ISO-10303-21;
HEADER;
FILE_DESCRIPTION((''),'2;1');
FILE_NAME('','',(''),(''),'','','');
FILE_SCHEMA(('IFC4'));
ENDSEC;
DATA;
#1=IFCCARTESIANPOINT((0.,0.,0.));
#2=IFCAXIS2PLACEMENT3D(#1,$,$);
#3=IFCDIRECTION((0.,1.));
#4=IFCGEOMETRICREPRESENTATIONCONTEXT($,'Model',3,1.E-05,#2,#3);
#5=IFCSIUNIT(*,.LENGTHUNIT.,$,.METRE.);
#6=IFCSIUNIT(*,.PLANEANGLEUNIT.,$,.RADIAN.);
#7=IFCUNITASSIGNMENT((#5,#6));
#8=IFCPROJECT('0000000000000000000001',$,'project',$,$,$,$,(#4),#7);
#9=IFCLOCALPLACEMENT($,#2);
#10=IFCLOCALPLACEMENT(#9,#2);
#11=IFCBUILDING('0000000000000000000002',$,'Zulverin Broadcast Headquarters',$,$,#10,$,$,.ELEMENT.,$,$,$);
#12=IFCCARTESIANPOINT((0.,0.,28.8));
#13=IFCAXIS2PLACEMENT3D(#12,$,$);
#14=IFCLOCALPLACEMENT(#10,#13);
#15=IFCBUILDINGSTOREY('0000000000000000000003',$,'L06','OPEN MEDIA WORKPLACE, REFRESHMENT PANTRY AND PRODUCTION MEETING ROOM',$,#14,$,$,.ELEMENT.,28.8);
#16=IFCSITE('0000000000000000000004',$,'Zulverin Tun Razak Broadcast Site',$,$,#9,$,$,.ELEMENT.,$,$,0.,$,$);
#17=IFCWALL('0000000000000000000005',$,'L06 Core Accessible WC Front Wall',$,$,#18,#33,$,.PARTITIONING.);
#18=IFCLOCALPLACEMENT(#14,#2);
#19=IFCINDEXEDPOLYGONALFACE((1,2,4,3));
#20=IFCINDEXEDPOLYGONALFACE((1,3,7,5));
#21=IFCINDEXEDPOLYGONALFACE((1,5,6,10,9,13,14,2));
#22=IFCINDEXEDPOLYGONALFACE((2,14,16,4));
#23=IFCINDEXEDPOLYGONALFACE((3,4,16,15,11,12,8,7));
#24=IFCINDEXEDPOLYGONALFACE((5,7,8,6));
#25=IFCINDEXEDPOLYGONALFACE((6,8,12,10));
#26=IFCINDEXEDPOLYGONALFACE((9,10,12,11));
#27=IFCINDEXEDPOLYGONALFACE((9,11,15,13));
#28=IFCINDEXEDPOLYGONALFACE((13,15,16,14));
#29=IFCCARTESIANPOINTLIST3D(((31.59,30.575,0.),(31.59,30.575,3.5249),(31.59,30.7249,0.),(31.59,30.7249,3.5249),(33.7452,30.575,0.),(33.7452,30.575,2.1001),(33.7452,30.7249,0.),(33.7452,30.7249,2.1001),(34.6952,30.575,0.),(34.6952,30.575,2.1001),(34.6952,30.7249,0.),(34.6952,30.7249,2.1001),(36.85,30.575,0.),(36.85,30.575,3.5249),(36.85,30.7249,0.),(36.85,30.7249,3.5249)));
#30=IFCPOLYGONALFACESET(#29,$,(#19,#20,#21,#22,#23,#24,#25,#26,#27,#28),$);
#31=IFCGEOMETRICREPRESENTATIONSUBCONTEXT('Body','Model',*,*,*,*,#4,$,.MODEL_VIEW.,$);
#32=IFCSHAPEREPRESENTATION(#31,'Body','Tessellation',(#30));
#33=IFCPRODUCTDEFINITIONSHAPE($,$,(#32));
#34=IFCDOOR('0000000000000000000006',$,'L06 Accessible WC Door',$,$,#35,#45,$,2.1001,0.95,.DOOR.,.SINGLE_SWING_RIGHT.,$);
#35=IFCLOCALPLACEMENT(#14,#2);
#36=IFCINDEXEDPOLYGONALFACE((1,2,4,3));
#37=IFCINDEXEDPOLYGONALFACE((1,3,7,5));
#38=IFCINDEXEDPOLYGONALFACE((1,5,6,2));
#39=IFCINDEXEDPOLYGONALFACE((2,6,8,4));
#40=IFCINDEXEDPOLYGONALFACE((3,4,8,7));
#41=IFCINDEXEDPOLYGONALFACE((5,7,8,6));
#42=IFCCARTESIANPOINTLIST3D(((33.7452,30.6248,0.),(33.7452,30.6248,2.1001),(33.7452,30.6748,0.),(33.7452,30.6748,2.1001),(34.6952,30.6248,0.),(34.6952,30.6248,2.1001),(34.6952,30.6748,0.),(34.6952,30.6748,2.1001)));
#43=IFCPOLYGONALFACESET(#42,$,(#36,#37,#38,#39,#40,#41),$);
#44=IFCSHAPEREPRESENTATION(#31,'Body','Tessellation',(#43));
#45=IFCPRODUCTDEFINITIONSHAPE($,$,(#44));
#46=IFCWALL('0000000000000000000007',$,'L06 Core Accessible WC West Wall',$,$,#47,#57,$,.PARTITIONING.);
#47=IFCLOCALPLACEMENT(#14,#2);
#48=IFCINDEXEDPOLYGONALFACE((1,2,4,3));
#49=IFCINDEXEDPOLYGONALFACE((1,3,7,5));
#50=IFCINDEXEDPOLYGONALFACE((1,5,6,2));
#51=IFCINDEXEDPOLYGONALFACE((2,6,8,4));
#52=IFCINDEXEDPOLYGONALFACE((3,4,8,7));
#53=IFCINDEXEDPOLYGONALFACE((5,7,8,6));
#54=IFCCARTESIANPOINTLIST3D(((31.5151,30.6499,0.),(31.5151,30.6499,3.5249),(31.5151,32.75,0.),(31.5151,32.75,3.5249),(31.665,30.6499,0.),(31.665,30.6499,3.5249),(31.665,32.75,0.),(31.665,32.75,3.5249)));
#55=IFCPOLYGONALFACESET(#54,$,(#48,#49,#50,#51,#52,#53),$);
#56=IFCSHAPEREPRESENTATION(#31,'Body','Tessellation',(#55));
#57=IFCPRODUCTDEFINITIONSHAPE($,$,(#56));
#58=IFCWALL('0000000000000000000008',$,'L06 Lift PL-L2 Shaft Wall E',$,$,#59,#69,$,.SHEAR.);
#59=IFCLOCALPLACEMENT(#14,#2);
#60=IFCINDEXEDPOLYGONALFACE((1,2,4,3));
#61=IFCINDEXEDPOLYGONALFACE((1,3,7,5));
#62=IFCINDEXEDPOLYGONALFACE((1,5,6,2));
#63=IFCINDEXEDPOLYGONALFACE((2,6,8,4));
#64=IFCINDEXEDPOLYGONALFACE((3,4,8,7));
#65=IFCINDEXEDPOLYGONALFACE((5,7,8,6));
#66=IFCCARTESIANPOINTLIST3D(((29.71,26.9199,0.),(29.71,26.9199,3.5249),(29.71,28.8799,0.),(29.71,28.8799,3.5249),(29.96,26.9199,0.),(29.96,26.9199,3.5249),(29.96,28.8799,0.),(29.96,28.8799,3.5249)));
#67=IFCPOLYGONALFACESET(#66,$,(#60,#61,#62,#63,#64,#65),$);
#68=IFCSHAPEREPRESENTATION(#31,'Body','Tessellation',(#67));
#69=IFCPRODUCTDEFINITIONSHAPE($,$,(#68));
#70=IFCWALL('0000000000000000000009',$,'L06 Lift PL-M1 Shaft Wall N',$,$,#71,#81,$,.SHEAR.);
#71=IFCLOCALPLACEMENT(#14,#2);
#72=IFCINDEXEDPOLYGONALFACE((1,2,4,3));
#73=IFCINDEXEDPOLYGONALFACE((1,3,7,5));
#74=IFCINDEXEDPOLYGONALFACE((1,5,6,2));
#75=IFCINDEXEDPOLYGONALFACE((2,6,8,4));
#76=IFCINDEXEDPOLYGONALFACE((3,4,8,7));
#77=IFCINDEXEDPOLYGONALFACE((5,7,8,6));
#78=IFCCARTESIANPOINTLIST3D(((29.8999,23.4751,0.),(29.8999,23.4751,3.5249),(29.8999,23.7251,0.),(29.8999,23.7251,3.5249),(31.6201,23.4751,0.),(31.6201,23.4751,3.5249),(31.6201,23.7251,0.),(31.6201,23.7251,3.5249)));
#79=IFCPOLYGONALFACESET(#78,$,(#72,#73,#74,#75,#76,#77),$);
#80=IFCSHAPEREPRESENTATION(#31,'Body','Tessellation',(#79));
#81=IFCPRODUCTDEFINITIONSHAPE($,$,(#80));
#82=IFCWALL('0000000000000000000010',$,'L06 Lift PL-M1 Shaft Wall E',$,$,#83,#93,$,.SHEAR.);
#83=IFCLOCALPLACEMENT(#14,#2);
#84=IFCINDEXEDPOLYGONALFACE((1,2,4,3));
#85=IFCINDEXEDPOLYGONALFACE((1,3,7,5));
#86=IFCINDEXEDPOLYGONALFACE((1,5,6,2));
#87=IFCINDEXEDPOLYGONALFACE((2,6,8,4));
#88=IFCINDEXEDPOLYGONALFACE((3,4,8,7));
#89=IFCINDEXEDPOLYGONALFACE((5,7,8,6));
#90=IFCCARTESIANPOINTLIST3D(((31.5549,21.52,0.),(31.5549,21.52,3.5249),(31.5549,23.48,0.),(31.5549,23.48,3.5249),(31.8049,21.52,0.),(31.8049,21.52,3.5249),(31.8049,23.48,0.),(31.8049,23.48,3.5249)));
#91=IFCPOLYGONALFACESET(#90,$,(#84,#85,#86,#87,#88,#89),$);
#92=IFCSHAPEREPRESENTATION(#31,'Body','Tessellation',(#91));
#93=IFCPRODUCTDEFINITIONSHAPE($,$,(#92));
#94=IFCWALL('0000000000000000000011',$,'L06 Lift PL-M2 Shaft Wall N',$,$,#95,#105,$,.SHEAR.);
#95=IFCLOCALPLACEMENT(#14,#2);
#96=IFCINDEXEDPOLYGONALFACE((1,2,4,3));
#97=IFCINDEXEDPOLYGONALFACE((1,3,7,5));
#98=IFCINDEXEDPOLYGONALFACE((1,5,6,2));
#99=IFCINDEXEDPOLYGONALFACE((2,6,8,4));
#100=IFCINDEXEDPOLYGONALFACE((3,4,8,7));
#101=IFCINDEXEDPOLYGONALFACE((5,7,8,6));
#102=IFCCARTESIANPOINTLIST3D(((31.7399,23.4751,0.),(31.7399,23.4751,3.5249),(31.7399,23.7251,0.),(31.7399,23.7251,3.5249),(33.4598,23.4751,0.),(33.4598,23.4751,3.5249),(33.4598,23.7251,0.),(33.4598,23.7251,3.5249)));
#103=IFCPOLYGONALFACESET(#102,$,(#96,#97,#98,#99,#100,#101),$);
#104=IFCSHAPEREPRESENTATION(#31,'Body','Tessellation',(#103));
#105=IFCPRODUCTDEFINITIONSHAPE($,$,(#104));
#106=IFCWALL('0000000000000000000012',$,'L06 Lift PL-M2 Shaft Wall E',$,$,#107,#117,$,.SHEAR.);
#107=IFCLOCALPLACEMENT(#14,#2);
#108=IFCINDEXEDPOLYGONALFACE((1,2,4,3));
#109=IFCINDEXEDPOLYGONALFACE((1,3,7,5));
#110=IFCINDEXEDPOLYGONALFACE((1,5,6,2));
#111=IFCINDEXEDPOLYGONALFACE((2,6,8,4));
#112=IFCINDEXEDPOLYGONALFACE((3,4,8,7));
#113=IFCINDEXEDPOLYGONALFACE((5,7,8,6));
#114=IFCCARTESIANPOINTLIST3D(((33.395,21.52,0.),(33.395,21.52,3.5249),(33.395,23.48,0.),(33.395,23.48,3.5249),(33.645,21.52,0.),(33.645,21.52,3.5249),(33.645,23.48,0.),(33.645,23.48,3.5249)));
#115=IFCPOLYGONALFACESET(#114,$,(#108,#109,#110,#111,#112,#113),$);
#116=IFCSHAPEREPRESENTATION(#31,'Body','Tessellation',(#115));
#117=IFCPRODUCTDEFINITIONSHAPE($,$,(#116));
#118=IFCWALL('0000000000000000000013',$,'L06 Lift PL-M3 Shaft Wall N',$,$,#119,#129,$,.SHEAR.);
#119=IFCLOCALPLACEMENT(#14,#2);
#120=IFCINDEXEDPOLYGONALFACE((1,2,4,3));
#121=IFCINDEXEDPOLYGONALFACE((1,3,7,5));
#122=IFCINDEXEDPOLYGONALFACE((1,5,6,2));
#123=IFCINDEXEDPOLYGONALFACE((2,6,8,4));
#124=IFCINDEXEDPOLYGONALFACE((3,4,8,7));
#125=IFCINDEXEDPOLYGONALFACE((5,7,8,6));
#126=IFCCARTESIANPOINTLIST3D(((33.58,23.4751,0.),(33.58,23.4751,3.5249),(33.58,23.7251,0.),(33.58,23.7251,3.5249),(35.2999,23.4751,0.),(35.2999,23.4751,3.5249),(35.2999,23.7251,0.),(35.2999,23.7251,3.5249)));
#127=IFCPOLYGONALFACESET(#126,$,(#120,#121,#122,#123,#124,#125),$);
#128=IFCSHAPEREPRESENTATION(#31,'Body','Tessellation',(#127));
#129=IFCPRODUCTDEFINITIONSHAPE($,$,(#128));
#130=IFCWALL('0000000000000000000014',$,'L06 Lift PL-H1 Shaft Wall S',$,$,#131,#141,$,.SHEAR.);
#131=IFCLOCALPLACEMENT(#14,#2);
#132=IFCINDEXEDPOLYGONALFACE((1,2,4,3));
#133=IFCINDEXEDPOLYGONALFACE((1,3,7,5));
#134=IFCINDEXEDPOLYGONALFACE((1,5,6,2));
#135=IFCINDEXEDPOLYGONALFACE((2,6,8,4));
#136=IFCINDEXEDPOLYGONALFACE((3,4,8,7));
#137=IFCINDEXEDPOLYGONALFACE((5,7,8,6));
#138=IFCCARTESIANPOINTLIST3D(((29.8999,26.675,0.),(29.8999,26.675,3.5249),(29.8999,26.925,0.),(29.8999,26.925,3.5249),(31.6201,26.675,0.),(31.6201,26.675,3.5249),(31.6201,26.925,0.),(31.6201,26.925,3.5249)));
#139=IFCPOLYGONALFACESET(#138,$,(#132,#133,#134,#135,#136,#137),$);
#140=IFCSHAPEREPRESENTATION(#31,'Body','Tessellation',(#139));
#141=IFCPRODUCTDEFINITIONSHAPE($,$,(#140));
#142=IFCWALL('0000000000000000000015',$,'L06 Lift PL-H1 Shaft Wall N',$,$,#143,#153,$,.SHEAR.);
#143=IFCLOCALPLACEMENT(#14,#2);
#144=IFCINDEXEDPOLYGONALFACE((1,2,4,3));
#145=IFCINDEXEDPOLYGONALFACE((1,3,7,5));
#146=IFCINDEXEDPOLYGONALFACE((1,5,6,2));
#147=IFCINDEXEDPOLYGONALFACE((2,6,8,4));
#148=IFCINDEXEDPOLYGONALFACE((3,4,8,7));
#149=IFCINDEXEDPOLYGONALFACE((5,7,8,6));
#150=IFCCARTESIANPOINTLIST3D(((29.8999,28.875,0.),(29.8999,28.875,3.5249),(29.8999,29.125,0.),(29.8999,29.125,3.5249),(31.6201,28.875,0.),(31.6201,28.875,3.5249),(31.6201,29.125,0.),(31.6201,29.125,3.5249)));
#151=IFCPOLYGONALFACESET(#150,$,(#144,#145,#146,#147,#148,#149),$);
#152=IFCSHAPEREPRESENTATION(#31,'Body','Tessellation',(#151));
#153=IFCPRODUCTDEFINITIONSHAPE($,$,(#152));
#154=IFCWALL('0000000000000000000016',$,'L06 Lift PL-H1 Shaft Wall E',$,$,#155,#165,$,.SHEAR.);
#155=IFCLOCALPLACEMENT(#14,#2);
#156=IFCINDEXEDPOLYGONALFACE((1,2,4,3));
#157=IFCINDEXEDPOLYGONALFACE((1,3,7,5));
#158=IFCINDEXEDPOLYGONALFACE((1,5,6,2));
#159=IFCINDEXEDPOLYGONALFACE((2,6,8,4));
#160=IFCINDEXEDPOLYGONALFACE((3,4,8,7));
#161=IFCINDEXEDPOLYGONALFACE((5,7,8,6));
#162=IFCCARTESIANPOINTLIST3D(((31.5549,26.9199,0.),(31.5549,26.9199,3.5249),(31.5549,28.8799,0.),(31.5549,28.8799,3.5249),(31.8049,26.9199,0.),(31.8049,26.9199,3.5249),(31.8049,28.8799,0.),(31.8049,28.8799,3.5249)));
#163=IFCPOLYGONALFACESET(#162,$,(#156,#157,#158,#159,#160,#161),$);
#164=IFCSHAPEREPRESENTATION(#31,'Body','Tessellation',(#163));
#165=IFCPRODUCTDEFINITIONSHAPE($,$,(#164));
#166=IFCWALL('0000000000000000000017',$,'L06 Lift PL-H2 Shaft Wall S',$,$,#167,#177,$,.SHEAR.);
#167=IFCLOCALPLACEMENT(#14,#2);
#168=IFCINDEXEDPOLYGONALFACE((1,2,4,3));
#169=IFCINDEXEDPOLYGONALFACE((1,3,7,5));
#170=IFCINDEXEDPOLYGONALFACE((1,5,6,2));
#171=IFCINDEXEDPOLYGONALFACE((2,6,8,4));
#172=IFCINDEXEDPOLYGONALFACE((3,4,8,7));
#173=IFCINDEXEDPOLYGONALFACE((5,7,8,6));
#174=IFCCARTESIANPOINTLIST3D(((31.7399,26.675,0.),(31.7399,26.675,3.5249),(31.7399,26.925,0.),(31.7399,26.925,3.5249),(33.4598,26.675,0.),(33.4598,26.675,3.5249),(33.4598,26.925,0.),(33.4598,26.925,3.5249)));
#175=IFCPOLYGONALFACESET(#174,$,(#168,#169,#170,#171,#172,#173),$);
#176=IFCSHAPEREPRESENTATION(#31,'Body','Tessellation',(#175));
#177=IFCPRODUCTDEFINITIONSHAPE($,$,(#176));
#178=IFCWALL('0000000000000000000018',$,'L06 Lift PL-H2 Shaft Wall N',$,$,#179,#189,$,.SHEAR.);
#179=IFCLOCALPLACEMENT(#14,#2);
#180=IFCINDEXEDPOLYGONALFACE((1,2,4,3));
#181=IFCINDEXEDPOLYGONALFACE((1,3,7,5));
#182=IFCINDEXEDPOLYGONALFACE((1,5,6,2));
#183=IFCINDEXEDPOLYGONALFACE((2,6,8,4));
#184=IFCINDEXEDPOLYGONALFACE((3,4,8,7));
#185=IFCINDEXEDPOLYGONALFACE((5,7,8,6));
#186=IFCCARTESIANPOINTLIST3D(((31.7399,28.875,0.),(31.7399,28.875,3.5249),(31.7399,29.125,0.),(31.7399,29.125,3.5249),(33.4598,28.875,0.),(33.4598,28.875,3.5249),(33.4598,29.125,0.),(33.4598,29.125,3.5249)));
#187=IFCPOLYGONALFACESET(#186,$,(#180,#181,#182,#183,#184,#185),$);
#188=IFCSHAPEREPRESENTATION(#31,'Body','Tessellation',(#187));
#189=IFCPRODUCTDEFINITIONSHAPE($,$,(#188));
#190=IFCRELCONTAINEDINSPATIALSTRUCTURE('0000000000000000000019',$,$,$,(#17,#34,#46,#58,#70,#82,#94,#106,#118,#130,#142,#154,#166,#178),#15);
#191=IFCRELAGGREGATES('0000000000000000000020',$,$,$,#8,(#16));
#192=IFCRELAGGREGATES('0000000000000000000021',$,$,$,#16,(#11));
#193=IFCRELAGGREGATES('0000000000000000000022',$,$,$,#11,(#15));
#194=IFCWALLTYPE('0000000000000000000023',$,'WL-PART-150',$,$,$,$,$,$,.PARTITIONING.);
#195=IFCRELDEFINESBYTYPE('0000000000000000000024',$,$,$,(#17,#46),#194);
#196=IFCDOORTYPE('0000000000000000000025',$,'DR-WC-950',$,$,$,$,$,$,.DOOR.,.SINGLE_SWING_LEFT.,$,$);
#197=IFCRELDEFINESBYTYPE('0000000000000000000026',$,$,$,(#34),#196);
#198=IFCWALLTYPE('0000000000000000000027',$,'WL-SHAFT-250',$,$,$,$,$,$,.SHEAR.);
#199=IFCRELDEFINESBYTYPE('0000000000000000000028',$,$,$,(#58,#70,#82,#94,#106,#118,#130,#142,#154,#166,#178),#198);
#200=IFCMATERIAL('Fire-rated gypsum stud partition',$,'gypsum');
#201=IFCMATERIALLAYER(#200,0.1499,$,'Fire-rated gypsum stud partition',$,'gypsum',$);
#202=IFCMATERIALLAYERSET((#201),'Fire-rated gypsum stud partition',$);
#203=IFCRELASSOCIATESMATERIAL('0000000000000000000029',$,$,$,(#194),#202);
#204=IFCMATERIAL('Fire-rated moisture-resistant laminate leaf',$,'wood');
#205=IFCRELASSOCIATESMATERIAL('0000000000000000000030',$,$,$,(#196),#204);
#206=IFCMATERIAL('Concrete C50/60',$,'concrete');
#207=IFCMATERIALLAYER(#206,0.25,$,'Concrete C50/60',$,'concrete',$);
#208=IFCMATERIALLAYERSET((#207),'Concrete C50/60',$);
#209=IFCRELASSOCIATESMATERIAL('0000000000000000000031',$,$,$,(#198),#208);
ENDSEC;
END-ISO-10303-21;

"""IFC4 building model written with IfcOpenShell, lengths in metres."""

from ifc_helpers import new_model, si_unit, direction, frame, frame_2d, origin, place, context, subcontext, project, spatial, rectangle, extrude, material, layer, layer_set, type_object, element, fill, save


model = new_model("IFC4")

# Units and contexts
model_context = context("Model", 3, precision=1e-05, world=origin(), true_north=direction((0.0, 1.0)))
body_context = subcontext(model_context, "Body", "Model", "MODEL_VIEW")
ifc_project = project(units=[si_unit("LENGTHUNIT", "METRE"), si_unit("PLANEANGLEUNIT", "RADIAN")], contexts=[model_context])

# Site, building, storey
site_placement = place(None, origin())
site = spatial("IfcSite", under=ifc_project, at=site_placement, Name="Zulverin Tun Razak Broadcast Site", CompositionType="ELEMENT", RefElevation=0.0)
building_placement = place(site_placement, origin())
building = spatial("IfcBuilding", under=site, at=building_placement, Name="Zulverin Broadcast Headquarters", CompositionType="ELEMENT")
storey_placement = place(building_placement, frame((0.0, 0.0, 28.8)))
storey = spatial("IfcBuildingStorey", under=building, at=storey_placement, Name="L06", Description="OPEN MEDIA WORKPLACE, REFRESHMENT PANTRY AND PRODUCTION MEETING ROOM", CompositionType="ELEMENT", Elevation=28.8)

# Wall, opening, door
ifc_material_1 = material(Name="Fire-rated gypsum stud partition", Category="gypsum")
ifc_layer_1 = layer(ifc_material_1, 0.1499, Name="Fire-rated gypsum stud partition", Category="gypsum")
ifc_layer_set_1 = layer_set([ifc_layer_1], Name="Fire-rated gypsum stud partition")
wall_type_1 = type_object("IfcWallType", Name="WL-PART-150", PredefinedType="PARTITIONING", material=ifc_layer_set_1)
wall_1_placement = place(storey_placement, frame((31.5901, 30.6499, 0.0), z_axis=(0.0, 0.0, 1.0), x_axis=(1.0, 0.0, 0.0)))
wall_1 = element("IfcWall", 1, at=wall_1_placement, inside=storey, type_object=wall_type_1, Name="L06 Core Accessible WC Front Wall", PredefinedType="PARTITIONING", context=body_context, shape_type="SweptSolid", body=[
    extrude(rectangle(XDim=5.26, YDim=0.1499, at=frame_2d((2.6299, 0.0))), origin(), (0.0, 0.0, 1.0), 3.5249),
])
opening_placement = place(wall_1_placement, frame((2.155, 0.0, 0.0)))
opening = element("IfcOpeningElement", 2, at=opening_placement, cuts=wall_1, PredefinedType="OPENING", context=body_context, shape_type="SweptSolid", body=[
    extrude(rectangle(XDim=0.95, YDim=2.1001, at=frame_2d((0.4751, 1.05))), frame((0.0, 0.085, 0.0), z_axis=(0.0, -1.0, 0.0), x_axis=(1.0, 0.0, 0.0)), (0.0, 0.0, 1.0), 0.1699),
])
ifc_material_2 = material(Name="Fire-rated moisture-resistant laminate leaf", Category="wood")
door_type = type_object("IfcDoorType", Name="DR-WC-950", OperationType="SINGLE_SWING_LEFT", PredefinedType="DOOR", material=ifc_material_2)
door_placement = place(opening_placement, origin())
door = element("IfcDoor", 3, at=door_placement, inside=storey, type_object=door_type, Name="L06 Accessible WC Door", OperationType="SINGLE_SWING_RIGHT", OverallHeight=2.1001, OverallWidth=0.95, PredefinedType="DOOR", context=body_context, shape_type="SweptSolid", body=[
    extrude(rectangle(XDim=0.95, YDim=2.1001, at=frame_2d((0.4751, 1.05))), frame((0.0, 0.0249, 0.0), z_axis=(0.0, -1.0, 0.0), x_axis=(1.0, 0.0, 0.0)), (0.0, 0.0, 1.0), 0.05),
])
fill(opening, door)

# Walls
wall_2_placement = place(storey_placement, frame((31.5901, 30.6499, 0.0), z_axis=(0.0, 0.0, 1.0), x_axis=(0.0, 1.0, 0.0)))
element("IfcWall", 4, at=wall_2_placement, inside=storey, type_object=wall_type_1, Name="L06 Core Accessible WC West Wall", PredefinedType="PARTITIONING", context=body_context, shape_type="SweptSolid", body=[
    extrude(rectangle(XDim=2.1001, YDim=0.1499, at=frame_2d((1.05, 0.0))), origin(), (0.0, 0.0, 1.0), 3.5249),
])
ifc_material_3 = material(Name="Concrete C50/60", Category="concrete")
ifc_layer_2 = layer(ifc_material_3, 0.25, Name="Concrete C50/60", Category="concrete")
ifc_layer_set_2 = layer_set([ifc_layer_2], Name="Concrete C50/60")
wall_type_2 = type_object("IfcWallType", Name="WL-SHAFT-250", PredefinedType="SHEAR", material=ifc_layer_set_2)
wall_3_placement = place(storey_placement, frame((29.835, 26.9199, 0.0), z_axis=(0.0, 0.0, 1.0), x_axis=(0.0, 1.0, 0.0)))
element("IfcWall", 5, at=wall_3_placement, inside=storey, type_object=wall_type_2, Name="L06 Lift PL-L2 Shaft Wall E", PredefinedType="SHEAR", context=body_context, shape_type="SweptSolid", body=[
    extrude(rectangle(XDim=1.96, YDim=0.25, at=frame_2d((0.98, 0.0))), origin(), (0.0, 0.0, 1.0), 3.5249),
])
wall_4_placement = place(storey_placement, frame((29.8999, 23.6001, 0.0), z_axis=(0.0, 0.0, 1.0), x_axis=(1.0, 0.0, 0.0)))
element("IfcWall", 6, at=wall_4_placement, inside=storey, type_object=wall_type_2, Name="L06 Lift PL-M1 Shaft Wall N", PredefinedType="SHEAR", context=body_context, shape_type="SweptSolid", body=[
    extrude(rectangle(XDim=1.7202, YDim=0.25, at=frame_2d((0.8601, 0.0))), origin(), (0.0, 0.0, 1.0), 3.5249),
])
wall_5_placement = place(storey_placement, frame((31.6799, 21.52, 0.0), z_axis=(0.0, 0.0, 1.0), x_axis=(0.0, 1.0, 0.0)))
element("IfcWall", 7, at=wall_5_placement, inside=storey, type_object=wall_type_2, Name="L06 Lift PL-M1 Shaft Wall E", PredefinedType="SHEAR", context=body_context, shape_type="SweptSolid", body=[
    extrude(rectangle(XDim=1.96, YDim=0.25, at=frame_2d((0.98, 0.0))), origin(), (0.0, 0.0, 1.0), 3.5249),
])
wall_6_placement = place(storey_placement, frame((31.74, 23.6001, 0.0), z_axis=(0.0, 0.0, 1.0), x_axis=(1.0, 0.0, 0.0)))
element("IfcWall", 8, at=wall_6_placement, inside=storey, type_object=wall_type_2, Name="L06 Lift PL-M2 Shaft Wall N", PredefinedType="SHEAR", context=body_context, shape_type="SweptSolid", body=[
    extrude(rectangle(XDim=1.72, YDim=0.25, at=frame_2d((0.8599, 0.0))), origin(), (0.0, 0.0, 1.0), 3.5249),
])
wall_7_placement = place(storey_placement, frame((33.52, 21.52, 0.0), z_axis=(0.0, 0.0, 1.0), x_axis=(0.0, 1.0, 0.0)))
element("IfcWall", 9, at=wall_7_placement, inside=storey, type_object=wall_type_2, Name="L06 Lift PL-M2 Shaft Wall E", PredefinedType="SHEAR", context=body_context, shape_type="SweptSolid", body=[
    extrude(rectangle(XDim=1.96, YDim=0.25, at=frame_2d((0.98, 0.0))), origin(), (0.0, 0.0, 1.0), 3.5249),
])
wall_8_placement = place(storey_placement, frame((33.5801, 23.6001, 0.0), z_axis=(0.0, 0.0, 1.0), x_axis=(1.0, 0.0, 0.0)))
element("IfcWall", 10, at=wall_8_placement, inside=storey, type_object=wall_type_2, Name="L06 Lift PL-M3 Shaft Wall N", PredefinedType="SHEAR", context=body_context, shape_type="SweptSolid", body=[
    extrude(rectangle(XDim=1.72, YDim=0.25, at=frame_2d((0.8599, 0.0))), origin(), (0.0, 0.0, 1.0), 3.5249),
])
for number, where, z_axis, x_axis, name in (
    (11, (29.8999, 26.8, 0.0), (0.0, 0.0, 1.0), (1.0, 0.0, 0.0), "L06 Lift PL-H1 Shaft Wall S"),
    (12, (29.8999, 29.0, 0.0), (0.0, 0.0, 1.0), (1.0, 0.0, 0.0), "L06 Lift PL-H1 Shaft Wall N"),
):
    element("IfcWall", number, at=place(storey_placement, frame(where, z_axis=z_axis, x_axis=x_axis)), inside=storey, type_object=wall_type_2, Name=name, PredefinedType="SHEAR", context=body_context, shape_type="SweptSolid", body=[
        extrude(rectangle(XDim=1.7202, YDim=0.25, at=frame_2d((0.8601, 0.0))), origin(), (0.0, 0.0, 1.0), 3.5249),
    ])
wall_9_placement = place(storey_placement, frame((31.6799, 26.9199, 0.0), z_axis=(0.0, 0.0, 1.0), x_axis=(0.0, 1.0, 0.0)))
element("IfcWall", 13, at=wall_9_placement, inside=storey, type_object=wall_type_2, Name="L06 Lift PL-H1 Shaft Wall E", PredefinedType="SHEAR", context=body_context, shape_type="SweptSolid", body=[
    extrude(rectangle(XDim=1.96, YDim=0.25, at=frame_2d((0.98, 0.0))), origin(), (0.0, 0.0, 1.0), 3.5249),
])
for number, where, z_axis, x_axis, name in (
    (14, (31.74, 26.8, 0.0), (0.0, 0.0, 1.0), (1.0, 0.0, 0.0), "L06 Lift PL-H2 Shaft Wall S"),
    (15, (31.74, 29.0, 0.0), (0.0, 0.0, 1.0), (1.0, 0.0, 0.0), "L06 Lift PL-H2 Shaft Wall N"),
):
    element("IfcWall", number, at=place(storey_placement, frame(where, z_axis=z_axis, x_axis=x_axis)), inside=storey, type_object=wall_type_2, Name=name, PredefinedType="SHEAR", context=body_context, shape_type="SweptSolid", body=[
        extrude(rectangle(XDim=1.72, YDim=0.25, at=frame_2d((0.8599, 0.0))), origin(), (0.0, 0.0, 1.0), 3.5249),
    ])

save(model, "model.ifc")
